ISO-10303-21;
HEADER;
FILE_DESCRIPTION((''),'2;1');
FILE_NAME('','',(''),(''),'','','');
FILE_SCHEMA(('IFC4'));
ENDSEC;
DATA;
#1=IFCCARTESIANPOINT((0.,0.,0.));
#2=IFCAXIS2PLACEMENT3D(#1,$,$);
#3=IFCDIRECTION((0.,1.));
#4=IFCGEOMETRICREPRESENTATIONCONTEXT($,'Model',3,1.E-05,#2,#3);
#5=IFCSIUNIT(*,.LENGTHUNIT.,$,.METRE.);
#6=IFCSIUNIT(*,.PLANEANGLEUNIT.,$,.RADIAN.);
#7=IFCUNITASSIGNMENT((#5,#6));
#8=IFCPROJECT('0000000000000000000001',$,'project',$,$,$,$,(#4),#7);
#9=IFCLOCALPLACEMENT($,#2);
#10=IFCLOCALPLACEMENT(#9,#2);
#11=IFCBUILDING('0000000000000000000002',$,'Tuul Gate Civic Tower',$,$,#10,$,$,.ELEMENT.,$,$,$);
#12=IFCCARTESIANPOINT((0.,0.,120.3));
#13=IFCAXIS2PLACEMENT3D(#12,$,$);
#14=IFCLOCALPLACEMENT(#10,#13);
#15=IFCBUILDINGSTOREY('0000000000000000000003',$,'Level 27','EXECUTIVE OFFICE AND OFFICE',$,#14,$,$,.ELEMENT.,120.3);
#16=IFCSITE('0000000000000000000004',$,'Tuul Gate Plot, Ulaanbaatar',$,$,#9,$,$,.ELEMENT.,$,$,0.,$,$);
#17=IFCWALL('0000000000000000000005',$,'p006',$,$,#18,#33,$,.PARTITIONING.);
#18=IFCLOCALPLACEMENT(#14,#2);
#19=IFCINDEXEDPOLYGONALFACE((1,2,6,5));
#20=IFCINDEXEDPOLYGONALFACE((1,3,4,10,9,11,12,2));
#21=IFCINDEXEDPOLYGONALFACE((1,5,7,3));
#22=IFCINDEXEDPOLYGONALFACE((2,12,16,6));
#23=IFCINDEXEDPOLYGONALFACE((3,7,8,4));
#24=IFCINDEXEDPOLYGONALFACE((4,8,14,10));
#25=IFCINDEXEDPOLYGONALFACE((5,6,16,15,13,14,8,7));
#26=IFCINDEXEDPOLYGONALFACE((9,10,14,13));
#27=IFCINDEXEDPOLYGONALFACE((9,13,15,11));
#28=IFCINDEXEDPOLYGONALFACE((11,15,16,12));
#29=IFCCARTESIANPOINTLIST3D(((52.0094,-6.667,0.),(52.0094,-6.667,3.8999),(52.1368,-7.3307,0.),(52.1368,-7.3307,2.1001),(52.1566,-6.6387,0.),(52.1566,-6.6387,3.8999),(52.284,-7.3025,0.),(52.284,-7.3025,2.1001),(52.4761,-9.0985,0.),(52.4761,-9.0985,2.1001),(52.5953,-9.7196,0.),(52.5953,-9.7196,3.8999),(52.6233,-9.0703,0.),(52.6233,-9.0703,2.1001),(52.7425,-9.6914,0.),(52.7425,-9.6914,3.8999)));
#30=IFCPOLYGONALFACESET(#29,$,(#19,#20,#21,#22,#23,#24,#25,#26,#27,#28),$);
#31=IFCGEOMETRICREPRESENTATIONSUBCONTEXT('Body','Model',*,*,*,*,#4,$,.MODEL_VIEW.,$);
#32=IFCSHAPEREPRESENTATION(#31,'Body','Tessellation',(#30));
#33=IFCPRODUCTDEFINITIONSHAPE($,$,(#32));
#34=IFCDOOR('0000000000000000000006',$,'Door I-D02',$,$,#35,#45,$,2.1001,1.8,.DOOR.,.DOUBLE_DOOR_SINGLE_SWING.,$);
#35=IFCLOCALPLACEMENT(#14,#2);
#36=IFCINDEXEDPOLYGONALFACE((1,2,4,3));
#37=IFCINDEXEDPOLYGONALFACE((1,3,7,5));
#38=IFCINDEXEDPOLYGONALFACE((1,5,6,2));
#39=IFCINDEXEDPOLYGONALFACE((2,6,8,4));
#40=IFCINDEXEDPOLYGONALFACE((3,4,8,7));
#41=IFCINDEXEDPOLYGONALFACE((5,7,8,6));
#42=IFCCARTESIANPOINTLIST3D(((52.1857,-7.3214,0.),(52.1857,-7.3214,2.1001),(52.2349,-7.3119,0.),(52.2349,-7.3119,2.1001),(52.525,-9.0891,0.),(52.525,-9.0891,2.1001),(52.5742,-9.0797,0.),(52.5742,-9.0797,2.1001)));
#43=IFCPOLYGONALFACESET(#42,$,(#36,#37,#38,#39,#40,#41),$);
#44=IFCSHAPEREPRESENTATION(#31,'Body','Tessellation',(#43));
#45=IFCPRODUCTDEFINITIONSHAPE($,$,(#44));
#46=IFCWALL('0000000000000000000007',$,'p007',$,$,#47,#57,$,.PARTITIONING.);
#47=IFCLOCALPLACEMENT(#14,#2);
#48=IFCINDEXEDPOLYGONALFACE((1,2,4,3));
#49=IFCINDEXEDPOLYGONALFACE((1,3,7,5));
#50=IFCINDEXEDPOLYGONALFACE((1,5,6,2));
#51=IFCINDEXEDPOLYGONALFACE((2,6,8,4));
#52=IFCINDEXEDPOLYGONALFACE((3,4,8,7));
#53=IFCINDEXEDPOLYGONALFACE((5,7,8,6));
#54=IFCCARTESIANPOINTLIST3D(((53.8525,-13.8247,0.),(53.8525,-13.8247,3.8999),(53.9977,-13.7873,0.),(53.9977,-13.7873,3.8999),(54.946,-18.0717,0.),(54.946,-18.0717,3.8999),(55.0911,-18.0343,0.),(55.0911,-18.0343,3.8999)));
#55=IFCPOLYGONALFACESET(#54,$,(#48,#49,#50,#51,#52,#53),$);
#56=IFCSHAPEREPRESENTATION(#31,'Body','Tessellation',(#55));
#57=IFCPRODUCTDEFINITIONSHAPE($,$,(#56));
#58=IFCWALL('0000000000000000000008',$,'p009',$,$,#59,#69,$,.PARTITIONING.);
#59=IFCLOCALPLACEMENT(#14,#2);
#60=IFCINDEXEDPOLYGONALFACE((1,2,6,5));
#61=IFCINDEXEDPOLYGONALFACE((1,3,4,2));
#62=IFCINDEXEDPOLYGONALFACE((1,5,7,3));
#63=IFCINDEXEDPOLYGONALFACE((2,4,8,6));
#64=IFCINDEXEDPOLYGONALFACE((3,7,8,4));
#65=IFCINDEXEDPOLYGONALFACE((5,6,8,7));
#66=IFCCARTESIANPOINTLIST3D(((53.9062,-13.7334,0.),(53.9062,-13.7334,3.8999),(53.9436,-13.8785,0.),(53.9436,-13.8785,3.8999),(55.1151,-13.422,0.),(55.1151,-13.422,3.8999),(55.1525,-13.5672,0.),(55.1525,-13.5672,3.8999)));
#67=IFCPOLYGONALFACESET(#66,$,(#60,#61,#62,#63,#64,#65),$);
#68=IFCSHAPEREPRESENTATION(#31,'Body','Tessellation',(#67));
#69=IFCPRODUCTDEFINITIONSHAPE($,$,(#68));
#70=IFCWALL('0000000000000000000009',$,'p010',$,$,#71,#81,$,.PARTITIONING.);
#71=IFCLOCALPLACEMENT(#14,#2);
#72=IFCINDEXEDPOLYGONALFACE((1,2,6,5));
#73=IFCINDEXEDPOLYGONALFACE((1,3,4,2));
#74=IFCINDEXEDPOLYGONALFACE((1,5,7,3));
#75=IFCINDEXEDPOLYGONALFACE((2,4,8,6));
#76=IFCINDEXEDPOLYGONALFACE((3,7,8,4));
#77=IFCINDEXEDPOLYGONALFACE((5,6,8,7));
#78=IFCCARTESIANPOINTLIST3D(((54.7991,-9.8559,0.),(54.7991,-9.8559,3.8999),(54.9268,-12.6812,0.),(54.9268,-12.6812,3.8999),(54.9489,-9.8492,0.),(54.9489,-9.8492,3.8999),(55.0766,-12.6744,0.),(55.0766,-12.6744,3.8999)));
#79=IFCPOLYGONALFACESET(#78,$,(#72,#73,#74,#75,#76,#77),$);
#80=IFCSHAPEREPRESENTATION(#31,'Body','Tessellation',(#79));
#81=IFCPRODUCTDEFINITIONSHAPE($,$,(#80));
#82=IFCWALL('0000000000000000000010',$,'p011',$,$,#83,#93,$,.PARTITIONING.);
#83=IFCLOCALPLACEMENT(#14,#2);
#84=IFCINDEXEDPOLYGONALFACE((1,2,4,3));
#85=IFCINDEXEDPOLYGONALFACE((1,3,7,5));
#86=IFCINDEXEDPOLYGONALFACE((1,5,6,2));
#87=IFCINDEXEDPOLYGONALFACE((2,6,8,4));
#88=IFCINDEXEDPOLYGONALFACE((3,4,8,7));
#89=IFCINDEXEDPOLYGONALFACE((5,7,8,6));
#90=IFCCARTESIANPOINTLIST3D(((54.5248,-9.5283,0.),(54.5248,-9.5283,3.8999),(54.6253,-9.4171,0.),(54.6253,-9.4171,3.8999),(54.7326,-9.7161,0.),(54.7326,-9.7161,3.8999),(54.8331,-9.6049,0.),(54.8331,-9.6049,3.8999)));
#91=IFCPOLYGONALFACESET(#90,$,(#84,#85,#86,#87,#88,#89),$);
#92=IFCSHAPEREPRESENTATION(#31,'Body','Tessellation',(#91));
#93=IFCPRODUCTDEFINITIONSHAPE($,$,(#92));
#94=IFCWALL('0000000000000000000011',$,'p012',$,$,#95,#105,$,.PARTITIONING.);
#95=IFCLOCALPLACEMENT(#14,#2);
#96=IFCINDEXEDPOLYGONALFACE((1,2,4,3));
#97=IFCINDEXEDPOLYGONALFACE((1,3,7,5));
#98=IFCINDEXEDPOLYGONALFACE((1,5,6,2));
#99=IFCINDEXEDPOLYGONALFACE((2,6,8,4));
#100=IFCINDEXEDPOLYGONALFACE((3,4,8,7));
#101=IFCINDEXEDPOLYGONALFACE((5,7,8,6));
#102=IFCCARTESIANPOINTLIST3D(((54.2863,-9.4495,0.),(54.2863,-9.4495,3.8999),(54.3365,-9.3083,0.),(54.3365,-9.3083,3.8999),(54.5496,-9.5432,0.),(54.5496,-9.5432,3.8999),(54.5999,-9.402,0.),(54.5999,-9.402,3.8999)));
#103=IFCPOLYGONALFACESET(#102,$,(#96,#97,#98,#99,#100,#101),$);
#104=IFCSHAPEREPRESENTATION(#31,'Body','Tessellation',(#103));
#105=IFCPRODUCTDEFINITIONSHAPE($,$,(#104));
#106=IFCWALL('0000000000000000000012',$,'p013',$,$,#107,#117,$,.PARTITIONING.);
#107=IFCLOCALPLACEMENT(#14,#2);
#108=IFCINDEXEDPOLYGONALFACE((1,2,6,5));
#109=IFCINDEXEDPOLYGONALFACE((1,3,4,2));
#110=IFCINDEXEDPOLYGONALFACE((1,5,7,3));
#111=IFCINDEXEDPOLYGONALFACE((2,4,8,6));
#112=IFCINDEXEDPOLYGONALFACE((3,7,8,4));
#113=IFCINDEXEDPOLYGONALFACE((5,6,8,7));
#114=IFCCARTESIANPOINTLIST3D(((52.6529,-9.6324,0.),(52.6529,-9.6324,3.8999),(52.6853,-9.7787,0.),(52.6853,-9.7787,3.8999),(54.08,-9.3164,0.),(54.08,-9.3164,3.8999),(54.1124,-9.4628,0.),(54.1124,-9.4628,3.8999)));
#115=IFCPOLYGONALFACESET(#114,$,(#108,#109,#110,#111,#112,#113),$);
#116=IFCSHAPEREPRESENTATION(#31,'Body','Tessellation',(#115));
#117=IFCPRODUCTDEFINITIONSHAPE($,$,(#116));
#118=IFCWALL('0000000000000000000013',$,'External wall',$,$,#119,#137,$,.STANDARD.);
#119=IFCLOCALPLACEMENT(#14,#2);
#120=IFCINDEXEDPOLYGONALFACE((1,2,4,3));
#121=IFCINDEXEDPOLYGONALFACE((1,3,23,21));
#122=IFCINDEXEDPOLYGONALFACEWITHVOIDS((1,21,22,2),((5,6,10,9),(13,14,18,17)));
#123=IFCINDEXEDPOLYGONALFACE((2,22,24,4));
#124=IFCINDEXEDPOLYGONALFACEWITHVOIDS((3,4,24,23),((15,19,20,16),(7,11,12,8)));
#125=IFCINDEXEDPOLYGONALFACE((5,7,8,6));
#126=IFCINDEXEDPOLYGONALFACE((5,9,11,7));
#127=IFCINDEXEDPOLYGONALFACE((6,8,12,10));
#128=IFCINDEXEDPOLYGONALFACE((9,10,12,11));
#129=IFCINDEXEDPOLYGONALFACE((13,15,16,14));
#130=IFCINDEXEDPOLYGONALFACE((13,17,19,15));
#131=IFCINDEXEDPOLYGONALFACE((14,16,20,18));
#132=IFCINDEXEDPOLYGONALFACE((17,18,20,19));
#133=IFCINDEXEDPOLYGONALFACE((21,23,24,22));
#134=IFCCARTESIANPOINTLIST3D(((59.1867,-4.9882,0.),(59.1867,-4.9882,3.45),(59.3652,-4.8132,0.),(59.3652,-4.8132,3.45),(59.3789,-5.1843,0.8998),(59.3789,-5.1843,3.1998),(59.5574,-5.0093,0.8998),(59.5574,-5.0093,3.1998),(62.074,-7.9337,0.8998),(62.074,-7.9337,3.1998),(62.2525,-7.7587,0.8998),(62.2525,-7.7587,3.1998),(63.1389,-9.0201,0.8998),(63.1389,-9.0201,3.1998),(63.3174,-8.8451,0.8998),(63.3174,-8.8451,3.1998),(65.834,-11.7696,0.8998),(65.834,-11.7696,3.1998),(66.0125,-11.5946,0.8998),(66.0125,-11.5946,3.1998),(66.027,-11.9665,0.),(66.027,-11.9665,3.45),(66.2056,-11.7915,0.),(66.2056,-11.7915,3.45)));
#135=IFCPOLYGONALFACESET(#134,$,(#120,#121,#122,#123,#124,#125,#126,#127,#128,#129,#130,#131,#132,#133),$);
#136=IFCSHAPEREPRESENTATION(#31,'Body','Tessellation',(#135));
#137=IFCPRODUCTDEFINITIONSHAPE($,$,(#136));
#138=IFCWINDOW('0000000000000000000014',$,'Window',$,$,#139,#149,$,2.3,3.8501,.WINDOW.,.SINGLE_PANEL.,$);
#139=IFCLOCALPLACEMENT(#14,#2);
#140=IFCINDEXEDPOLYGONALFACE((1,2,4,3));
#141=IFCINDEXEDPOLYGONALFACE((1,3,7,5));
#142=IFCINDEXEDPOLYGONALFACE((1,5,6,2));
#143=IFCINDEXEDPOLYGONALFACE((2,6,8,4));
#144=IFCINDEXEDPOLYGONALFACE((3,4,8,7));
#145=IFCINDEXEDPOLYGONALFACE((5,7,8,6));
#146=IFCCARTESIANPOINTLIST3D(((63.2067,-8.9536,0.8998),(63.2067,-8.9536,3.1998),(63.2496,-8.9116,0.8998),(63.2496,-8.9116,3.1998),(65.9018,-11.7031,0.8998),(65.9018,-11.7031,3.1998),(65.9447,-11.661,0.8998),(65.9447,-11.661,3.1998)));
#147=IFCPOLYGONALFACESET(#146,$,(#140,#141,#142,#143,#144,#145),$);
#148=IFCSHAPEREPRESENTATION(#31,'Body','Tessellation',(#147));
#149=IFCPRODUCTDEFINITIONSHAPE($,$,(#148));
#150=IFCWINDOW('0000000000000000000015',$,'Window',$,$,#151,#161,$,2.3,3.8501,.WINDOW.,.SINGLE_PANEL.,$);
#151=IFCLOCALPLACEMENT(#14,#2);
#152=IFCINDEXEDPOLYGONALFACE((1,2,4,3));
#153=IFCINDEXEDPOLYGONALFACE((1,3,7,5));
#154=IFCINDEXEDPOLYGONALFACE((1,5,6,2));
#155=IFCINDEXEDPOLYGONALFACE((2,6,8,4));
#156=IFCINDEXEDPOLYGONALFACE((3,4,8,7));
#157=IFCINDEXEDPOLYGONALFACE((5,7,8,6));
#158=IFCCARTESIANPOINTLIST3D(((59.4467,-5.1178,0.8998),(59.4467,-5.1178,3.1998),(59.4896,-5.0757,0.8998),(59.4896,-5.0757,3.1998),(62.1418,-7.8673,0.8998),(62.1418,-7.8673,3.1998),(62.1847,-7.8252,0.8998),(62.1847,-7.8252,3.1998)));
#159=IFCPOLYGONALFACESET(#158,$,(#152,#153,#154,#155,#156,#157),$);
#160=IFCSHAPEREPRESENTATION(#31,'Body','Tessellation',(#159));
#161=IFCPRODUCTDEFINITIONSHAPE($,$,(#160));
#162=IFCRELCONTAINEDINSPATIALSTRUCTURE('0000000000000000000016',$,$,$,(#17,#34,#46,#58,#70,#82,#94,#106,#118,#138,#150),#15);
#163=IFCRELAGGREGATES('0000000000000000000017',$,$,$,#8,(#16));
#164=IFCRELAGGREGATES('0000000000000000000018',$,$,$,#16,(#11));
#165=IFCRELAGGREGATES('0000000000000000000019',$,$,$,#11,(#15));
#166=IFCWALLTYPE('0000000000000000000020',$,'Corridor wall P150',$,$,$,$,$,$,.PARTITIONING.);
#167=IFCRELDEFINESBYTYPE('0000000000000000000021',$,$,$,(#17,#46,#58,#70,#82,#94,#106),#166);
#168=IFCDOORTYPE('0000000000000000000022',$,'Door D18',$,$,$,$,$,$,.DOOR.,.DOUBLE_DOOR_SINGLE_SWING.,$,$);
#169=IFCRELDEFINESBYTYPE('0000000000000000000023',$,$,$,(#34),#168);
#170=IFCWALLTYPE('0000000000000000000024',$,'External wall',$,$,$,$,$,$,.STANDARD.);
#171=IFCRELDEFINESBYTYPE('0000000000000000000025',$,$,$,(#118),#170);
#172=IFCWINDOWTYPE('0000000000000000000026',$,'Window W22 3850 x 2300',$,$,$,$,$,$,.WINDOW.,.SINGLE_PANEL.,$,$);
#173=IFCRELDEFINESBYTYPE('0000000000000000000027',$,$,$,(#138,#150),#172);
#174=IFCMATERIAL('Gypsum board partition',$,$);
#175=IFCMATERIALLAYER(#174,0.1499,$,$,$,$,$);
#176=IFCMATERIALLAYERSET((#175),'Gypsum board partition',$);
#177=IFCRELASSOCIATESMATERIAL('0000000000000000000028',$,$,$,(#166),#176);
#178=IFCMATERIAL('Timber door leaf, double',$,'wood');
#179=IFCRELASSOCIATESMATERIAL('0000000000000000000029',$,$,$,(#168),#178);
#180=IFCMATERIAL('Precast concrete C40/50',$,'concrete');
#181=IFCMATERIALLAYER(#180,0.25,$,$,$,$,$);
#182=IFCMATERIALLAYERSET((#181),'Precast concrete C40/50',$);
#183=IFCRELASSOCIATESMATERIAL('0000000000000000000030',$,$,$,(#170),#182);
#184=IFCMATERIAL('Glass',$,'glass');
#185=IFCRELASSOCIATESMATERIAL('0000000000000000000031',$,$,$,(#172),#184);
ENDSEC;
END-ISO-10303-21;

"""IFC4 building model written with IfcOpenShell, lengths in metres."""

from ifc_helpers import new_model, si_unit, direction, frame, frame_2d, origin, place, context, subcontext, project, spatial, rectangle, extrude, material, layer, layer_set, type_object, element, fill, save


model = new_model("IFC4")

# Units and contexts
model_context = context("Model", 3, precision=1e-05, world=origin(), true_north=direction((0.0, 1.0)))
body_context = subcontext(model_context, "Body", "Model", "MODEL_VIEW")
ifc_project = project(units=[si_unit("LENGTHUNIT", "METRE"), si_unit("PLANEANGLEUNIT", "RADIAN")], contexts=[model_context])

# Site, building, storey
site_placement = place(None, origin())
site = spatial("IfcSite", under=ifc_project, at=site_placement, Name="Tuul Gate Plot, Ulaanbaatar", CompositionType="ELEMENT", RefElevation=0.0)
building_placement = place(site_placement, origin())
building = spatial("IfcBuilding", under=site, at=building_placement, Name="Tuul Gate Civic Tower", CompositionType="ELEMENT")
storey_placement = place(building_placement, frame((0.0, 0.0, 120.3)))
storey = spatial("IfcBuildingStorey", under=building, at=storey_placement, Name="Level 27", Description="EXECUTIVE OFFICE AND OFFICE", CompositionType="ELEMENT", Elevation=120.3)

# Wall, opening, door
ifc_material_1 = material(Name="Gypsum board partition")
ifc_layer_1 = layer(ifc_material_1, 0.1499)
ifc_layer_set_1 = layer_set([ifc_layer_1], Name="Gypsum board partition")
wall_type_1 = type_object("IfcWallType", Name="Corridor wall P150", PredefinedType="PARTITIONING", material=ifc_layer_set_1)
wall_1_placement = place(storey_placement, frame((52.083, -6.6528, 0.0), z_axis=(0.0, 0.0, 1.0), x_axis=(0.188498, -0.982074, 0.0)))
wall_1 = element("IfcWall", 1, at=wall_1_placement, inside=storey, type_object=wall_type_1, Name="p006", PredefinedType="PARTITIONING", context=body_context, shape_type="SweptSolid", body=[
    extrude(rectangle(XDim=3.1084, YDim=0.1499, at=frame_2d((1.5542, 0.0))), origin(), (0.0, 0.0, 1.0), 3.8999),
])
opening_1_placement = place(wall_1_placement, frame((0.676, 0.0, 0.0)))
opening_1 = element("IfcOpeningElement", 2, at=opening_1_placement, cuts=wall_1, PredefinedType="OPENING", context=body_context, shape_type="SweptSolid", body=[
    extrude(rectangle(XDim=1.8, YDim=2.1001, at=frame_2d((0.8999, 1.05))), frame((0.0, 0.085, 0.0), z_axis=(0.0, -1.0, 0.0), x_axis=(1.0, 0.0, 0.0)), (0.0, 0.0, 1.0), 0.1699),
])
ifc_material_2 = material(Name="Timber door leaf, double", Category="wood")
door_type_1 = type_object("IfcDoorType", Name="Door D18", OperationType="DOUBLE_DOOR_SINGLE_SWING", PredefinedType="DOOR", material=ifc_material_2)
door_1_placement = place(opening_1_placement, origin())
door_1 = element("IfcDoor", 3, at=door_1_placement, inside=storey, type_object=door_type_1, Name="Door I-D02", OperationType="DOUBLE_DOOR_SINGLE_SWING", OverallHeight=2.1001, OverallWidth=1.8, PredefinedType="DOOR", context=body_context, shape_type="SweptSolid", body=[
    extrude(rectangle(XDim=1.8, YDim=2.1001, at=frame_2d((0.8999, 1.05))), frame((0.0, 0.0249, 0.0), z_axis=(0.0, -1.0, 0.0), x_axis=(1.0, 0.0, 0.0)), (0.0, 0.0, 1.0), 0.05),
])
fill(opening_1, door_1)

# Walls
wall_2_placement = place(storey_placement, frame((53.925, -13.8059, 0.0), z_axis=(0.0, 0.0, 1.0), x_axis=(0.249341, -0.968416, 0.0)))
element("IfcWall", 4, at=wall_2_placement, inside=storey, type_object=wall_type_1, Name="p007", PredefinedType="PARTITIONING", context=body_context, shape_type="SweptSolid", body=[
    extrude(rectangle(XDim=4.3855, YDim=0.1499, at=frame_2d((2.1929, 0.0))), origin(), (0.0, 0.0, 1.0), 3.8999),
])
wall_3_placement = place(storey_placement, frame((53.925, -13.8059, 0.0), z_axis=(0.0, 0.0, 1.0), x_axis=(0.968404, 0.249387, 0.0)))
element("IfcWall", 5, at=wall_3_placement, inside=storey, type_object=wall_type_1, Name="p009", PredefinedType="PARTITIONING", context=body_context, shape_type="SweptSolid", body=[
    extrude(rectangle(XDim=1.2483, YDim=0.1499, at=frame_2d((0.624, 0.0))), origin(), (0.0, 0.0, 1.0), 3.8999),
])
wall_4_placement = place(storey_placement, frame((54.874, -9.8525, 0.0), z_axis=(0.0, 0.0, 1.0), x_axis=(0.045149, -0.99898, 0.0)))
element("IfcWall", 6, at=wall_4_placement, inside=storey, type_object=wall_type_1, Name="p010", PredefinedType="PARTITIONING", context=body_context, shape_type="SweptSolid", body=[
    extrude(rectangle(XDim=2.8281, YDim=0.1499, at=frame_2d((1.4141, 0.0))), origin(), (0.0, 0.0, 1.0), 3.8999),
])
wall_5_placement = place(storey_placement, frame((54.575, -9.4727, 0.0), z_axis=(0.0, 0.0, 1.0), x_axis=(0.741949, -0.670457, 0.0)))
element("IfcWall", 7, at=wall_5_placement, inside=storey, type_object=wall_type_1, Name="p011", PredefinedType="PARTITIONING", context=body_context, shape_type="SweptSolid", body=[
    extrude(rectangle(XDim=0.28, YDim=0.1499, at=frame_2d((0.1401, 0.0))), origin(), (0.0, 0.0, 1.0), 3.8999),
])
wall_6_placement = place(storey_placement, frame((54.3115, -9.3789, 0.0), z_axis=(0.0, 0.0, 1.0), x_axis=(0.942117, -0.335285, 0.0)))
element("IfcWall", 8, at=wall_6_placement, inside=storey, type_object=wall_type_1, Name="p012", PredefinedType="PARTITIONING", context=body_context, shape_type="SweptSolid", body=[
    extrude(rectangle(XDim=0.2795, YDim=0.1499, at=frame_2d((0.1396, 0.0))), origin(), (0.0, 0.0, 1.0), 3.8999),
])
wall_7_placement = place(storey_placement, frame((52.6689, -9.7056, 0.0), z_axis=(0.0, 0.0, 1.0), x_axis=(0.97636, 0.216152, 0.0)))
element("IfcWall", 9, at=wall_7_placement, inside=storey, type_object=wall_type_1, Name="p013", PredefinedType="PARTITIONING", context=body_context, shape_type="SweptSolid", body=[
    extrude(rectangle(XDim=1.4617, YDim=0.1499, at=frame_2d((0.731, 0.0))), origin(), (0.0, 0.0, 1.0), 3.8999),
])

# Wall, openings, windows
ifc_material_3 = material(Name="Precast concrete C40/50", Category="concrete")
ifc_layer_2 = layer(ifc_material_3, 0.25)
ifc_layer_set_2 = layer_set([ifc_layer_2], Name="Precast concrete C40/50")
wall_type_2 = type_object("IfcWallType", Name="External wall", PredefinedType="STANDARD", material=ifc_layer_set_2)
wall_8_placement = place(storey_placement, frame((66.1162, -11.8789, 0.0), z_axis=(0.0, 0.0, 1.0), x_axis=(-0.700013, 0.71413, 0.0)))
wall_8 = element("IfcWall", 10, at=wall_8_placement, inside=storey, type_object=wall_type_2, Name="External wall", PredefinedType="STANDARD", context=body_context, shape_type="SweptSolid", body=[
    extrude(rectangle(XDim=9.7717, YDim=0.25, at=frame_2d((4.8857, 0.0))), origin(), (0.0, 0.0, 1.0), 3.45),
])
opening_2_placement = place(wall_8_placement, frame((0.2756, 0.0, 0.8999)))
opening_2 = element("IfcOpeningElement", 11, at=opening_2_placement, cuts=wall_8, PredefinedType="OPENING", context=body_context, shape_type="SweptSolid", body=[
    extrude(rectangle(XDim=3.8501, YDim=2.3, at=frame_2d((1.925, 1.1499))), frame((0.0, 0.135, 0.0), z_axis=(0.0, -1.0, 0.0), x_axis=(1.0, 0.0, 0.0)), (0.0, 0.0, 1.0), 0.27),
])
opening_3_placement = place(wall_8_placement, frame((5.647, 0.0, 0.8999)))
opening_3 = element("IfcOpeningElement", 12, at=opening_3_placement, cuts=wall_8, PredefinedType="OPENING", context=body_context, shape_type="SweptSolid", body=[
    extrude(rectangle(XDim=3.8501, YDim=2.3, at=frame_2d((1.925, 1.1499))), frame((0.0, 0.135, 0.0), z_axis=(0.0, -1.0, 0.0), x_axis=(1.0, 0.0, 0.0)), (0.0, 0.0, 1.0), 0.27),
])
ifc_material_4 = material(Name="Glass", Category="glass")
window_type = type_object("IfcWindowType", Name="Window W22 3850 x 2300", PartitioningType="SINGLE_PANEL", PredefinedType="WINDOW", material=ifc_material_4)
window_1_placement = place(opening_2_placement, origin())
window_1 = element("IfcWindow", 13, at=window_1_placement, inside=storey, type_object=window_type, Name="Window", OverallHeight=2.3, OverallWidth=3.8501, PartitioningType="SINGLE_PANEL", PredefinedType="WINDOW", context=body_context, shape_type="SweptSolid", body=[
    extrude(rectangle(XDim=3.8501, YDim=2.3, at=frame_2d((1.925, 1.1499))), frame((0.0, 0.03, 0.0), z_axis=(0.0, -1.0, 0.0), x_axis=(1.0, 0.0, 0.0)), (0.0, 0.0, 1.0), 0.0601),
])
fill(opening_2, window_1)
window_2_placement = place(opening_3_placement, origin())
window_2 = element("IfcWindow", 14, at=window_2_placement, inside=storey, type_object=window_type, Name="Window", OverallHeight=2.3, OverallWidth=3.8501, PartitioningType="SINGLE_PANEL", PredefinedType="WINDOW", context=body_context, shape_type="SweptSolid", body=[
    extrude(rectangle(XDim=3.8501, YDim=2.3, at=frame_2d((1.925, 1.1499))), frame((0.0, 0.03, 0.0), z_axis=(0.0, -1.0, 0.0), x_axis=(1.0, 0.0, 0.0)), (0.0, 0.0, 1.0), 0.0601),
])
fill(opening_3, window_2)

save(model, "model.ifc")
